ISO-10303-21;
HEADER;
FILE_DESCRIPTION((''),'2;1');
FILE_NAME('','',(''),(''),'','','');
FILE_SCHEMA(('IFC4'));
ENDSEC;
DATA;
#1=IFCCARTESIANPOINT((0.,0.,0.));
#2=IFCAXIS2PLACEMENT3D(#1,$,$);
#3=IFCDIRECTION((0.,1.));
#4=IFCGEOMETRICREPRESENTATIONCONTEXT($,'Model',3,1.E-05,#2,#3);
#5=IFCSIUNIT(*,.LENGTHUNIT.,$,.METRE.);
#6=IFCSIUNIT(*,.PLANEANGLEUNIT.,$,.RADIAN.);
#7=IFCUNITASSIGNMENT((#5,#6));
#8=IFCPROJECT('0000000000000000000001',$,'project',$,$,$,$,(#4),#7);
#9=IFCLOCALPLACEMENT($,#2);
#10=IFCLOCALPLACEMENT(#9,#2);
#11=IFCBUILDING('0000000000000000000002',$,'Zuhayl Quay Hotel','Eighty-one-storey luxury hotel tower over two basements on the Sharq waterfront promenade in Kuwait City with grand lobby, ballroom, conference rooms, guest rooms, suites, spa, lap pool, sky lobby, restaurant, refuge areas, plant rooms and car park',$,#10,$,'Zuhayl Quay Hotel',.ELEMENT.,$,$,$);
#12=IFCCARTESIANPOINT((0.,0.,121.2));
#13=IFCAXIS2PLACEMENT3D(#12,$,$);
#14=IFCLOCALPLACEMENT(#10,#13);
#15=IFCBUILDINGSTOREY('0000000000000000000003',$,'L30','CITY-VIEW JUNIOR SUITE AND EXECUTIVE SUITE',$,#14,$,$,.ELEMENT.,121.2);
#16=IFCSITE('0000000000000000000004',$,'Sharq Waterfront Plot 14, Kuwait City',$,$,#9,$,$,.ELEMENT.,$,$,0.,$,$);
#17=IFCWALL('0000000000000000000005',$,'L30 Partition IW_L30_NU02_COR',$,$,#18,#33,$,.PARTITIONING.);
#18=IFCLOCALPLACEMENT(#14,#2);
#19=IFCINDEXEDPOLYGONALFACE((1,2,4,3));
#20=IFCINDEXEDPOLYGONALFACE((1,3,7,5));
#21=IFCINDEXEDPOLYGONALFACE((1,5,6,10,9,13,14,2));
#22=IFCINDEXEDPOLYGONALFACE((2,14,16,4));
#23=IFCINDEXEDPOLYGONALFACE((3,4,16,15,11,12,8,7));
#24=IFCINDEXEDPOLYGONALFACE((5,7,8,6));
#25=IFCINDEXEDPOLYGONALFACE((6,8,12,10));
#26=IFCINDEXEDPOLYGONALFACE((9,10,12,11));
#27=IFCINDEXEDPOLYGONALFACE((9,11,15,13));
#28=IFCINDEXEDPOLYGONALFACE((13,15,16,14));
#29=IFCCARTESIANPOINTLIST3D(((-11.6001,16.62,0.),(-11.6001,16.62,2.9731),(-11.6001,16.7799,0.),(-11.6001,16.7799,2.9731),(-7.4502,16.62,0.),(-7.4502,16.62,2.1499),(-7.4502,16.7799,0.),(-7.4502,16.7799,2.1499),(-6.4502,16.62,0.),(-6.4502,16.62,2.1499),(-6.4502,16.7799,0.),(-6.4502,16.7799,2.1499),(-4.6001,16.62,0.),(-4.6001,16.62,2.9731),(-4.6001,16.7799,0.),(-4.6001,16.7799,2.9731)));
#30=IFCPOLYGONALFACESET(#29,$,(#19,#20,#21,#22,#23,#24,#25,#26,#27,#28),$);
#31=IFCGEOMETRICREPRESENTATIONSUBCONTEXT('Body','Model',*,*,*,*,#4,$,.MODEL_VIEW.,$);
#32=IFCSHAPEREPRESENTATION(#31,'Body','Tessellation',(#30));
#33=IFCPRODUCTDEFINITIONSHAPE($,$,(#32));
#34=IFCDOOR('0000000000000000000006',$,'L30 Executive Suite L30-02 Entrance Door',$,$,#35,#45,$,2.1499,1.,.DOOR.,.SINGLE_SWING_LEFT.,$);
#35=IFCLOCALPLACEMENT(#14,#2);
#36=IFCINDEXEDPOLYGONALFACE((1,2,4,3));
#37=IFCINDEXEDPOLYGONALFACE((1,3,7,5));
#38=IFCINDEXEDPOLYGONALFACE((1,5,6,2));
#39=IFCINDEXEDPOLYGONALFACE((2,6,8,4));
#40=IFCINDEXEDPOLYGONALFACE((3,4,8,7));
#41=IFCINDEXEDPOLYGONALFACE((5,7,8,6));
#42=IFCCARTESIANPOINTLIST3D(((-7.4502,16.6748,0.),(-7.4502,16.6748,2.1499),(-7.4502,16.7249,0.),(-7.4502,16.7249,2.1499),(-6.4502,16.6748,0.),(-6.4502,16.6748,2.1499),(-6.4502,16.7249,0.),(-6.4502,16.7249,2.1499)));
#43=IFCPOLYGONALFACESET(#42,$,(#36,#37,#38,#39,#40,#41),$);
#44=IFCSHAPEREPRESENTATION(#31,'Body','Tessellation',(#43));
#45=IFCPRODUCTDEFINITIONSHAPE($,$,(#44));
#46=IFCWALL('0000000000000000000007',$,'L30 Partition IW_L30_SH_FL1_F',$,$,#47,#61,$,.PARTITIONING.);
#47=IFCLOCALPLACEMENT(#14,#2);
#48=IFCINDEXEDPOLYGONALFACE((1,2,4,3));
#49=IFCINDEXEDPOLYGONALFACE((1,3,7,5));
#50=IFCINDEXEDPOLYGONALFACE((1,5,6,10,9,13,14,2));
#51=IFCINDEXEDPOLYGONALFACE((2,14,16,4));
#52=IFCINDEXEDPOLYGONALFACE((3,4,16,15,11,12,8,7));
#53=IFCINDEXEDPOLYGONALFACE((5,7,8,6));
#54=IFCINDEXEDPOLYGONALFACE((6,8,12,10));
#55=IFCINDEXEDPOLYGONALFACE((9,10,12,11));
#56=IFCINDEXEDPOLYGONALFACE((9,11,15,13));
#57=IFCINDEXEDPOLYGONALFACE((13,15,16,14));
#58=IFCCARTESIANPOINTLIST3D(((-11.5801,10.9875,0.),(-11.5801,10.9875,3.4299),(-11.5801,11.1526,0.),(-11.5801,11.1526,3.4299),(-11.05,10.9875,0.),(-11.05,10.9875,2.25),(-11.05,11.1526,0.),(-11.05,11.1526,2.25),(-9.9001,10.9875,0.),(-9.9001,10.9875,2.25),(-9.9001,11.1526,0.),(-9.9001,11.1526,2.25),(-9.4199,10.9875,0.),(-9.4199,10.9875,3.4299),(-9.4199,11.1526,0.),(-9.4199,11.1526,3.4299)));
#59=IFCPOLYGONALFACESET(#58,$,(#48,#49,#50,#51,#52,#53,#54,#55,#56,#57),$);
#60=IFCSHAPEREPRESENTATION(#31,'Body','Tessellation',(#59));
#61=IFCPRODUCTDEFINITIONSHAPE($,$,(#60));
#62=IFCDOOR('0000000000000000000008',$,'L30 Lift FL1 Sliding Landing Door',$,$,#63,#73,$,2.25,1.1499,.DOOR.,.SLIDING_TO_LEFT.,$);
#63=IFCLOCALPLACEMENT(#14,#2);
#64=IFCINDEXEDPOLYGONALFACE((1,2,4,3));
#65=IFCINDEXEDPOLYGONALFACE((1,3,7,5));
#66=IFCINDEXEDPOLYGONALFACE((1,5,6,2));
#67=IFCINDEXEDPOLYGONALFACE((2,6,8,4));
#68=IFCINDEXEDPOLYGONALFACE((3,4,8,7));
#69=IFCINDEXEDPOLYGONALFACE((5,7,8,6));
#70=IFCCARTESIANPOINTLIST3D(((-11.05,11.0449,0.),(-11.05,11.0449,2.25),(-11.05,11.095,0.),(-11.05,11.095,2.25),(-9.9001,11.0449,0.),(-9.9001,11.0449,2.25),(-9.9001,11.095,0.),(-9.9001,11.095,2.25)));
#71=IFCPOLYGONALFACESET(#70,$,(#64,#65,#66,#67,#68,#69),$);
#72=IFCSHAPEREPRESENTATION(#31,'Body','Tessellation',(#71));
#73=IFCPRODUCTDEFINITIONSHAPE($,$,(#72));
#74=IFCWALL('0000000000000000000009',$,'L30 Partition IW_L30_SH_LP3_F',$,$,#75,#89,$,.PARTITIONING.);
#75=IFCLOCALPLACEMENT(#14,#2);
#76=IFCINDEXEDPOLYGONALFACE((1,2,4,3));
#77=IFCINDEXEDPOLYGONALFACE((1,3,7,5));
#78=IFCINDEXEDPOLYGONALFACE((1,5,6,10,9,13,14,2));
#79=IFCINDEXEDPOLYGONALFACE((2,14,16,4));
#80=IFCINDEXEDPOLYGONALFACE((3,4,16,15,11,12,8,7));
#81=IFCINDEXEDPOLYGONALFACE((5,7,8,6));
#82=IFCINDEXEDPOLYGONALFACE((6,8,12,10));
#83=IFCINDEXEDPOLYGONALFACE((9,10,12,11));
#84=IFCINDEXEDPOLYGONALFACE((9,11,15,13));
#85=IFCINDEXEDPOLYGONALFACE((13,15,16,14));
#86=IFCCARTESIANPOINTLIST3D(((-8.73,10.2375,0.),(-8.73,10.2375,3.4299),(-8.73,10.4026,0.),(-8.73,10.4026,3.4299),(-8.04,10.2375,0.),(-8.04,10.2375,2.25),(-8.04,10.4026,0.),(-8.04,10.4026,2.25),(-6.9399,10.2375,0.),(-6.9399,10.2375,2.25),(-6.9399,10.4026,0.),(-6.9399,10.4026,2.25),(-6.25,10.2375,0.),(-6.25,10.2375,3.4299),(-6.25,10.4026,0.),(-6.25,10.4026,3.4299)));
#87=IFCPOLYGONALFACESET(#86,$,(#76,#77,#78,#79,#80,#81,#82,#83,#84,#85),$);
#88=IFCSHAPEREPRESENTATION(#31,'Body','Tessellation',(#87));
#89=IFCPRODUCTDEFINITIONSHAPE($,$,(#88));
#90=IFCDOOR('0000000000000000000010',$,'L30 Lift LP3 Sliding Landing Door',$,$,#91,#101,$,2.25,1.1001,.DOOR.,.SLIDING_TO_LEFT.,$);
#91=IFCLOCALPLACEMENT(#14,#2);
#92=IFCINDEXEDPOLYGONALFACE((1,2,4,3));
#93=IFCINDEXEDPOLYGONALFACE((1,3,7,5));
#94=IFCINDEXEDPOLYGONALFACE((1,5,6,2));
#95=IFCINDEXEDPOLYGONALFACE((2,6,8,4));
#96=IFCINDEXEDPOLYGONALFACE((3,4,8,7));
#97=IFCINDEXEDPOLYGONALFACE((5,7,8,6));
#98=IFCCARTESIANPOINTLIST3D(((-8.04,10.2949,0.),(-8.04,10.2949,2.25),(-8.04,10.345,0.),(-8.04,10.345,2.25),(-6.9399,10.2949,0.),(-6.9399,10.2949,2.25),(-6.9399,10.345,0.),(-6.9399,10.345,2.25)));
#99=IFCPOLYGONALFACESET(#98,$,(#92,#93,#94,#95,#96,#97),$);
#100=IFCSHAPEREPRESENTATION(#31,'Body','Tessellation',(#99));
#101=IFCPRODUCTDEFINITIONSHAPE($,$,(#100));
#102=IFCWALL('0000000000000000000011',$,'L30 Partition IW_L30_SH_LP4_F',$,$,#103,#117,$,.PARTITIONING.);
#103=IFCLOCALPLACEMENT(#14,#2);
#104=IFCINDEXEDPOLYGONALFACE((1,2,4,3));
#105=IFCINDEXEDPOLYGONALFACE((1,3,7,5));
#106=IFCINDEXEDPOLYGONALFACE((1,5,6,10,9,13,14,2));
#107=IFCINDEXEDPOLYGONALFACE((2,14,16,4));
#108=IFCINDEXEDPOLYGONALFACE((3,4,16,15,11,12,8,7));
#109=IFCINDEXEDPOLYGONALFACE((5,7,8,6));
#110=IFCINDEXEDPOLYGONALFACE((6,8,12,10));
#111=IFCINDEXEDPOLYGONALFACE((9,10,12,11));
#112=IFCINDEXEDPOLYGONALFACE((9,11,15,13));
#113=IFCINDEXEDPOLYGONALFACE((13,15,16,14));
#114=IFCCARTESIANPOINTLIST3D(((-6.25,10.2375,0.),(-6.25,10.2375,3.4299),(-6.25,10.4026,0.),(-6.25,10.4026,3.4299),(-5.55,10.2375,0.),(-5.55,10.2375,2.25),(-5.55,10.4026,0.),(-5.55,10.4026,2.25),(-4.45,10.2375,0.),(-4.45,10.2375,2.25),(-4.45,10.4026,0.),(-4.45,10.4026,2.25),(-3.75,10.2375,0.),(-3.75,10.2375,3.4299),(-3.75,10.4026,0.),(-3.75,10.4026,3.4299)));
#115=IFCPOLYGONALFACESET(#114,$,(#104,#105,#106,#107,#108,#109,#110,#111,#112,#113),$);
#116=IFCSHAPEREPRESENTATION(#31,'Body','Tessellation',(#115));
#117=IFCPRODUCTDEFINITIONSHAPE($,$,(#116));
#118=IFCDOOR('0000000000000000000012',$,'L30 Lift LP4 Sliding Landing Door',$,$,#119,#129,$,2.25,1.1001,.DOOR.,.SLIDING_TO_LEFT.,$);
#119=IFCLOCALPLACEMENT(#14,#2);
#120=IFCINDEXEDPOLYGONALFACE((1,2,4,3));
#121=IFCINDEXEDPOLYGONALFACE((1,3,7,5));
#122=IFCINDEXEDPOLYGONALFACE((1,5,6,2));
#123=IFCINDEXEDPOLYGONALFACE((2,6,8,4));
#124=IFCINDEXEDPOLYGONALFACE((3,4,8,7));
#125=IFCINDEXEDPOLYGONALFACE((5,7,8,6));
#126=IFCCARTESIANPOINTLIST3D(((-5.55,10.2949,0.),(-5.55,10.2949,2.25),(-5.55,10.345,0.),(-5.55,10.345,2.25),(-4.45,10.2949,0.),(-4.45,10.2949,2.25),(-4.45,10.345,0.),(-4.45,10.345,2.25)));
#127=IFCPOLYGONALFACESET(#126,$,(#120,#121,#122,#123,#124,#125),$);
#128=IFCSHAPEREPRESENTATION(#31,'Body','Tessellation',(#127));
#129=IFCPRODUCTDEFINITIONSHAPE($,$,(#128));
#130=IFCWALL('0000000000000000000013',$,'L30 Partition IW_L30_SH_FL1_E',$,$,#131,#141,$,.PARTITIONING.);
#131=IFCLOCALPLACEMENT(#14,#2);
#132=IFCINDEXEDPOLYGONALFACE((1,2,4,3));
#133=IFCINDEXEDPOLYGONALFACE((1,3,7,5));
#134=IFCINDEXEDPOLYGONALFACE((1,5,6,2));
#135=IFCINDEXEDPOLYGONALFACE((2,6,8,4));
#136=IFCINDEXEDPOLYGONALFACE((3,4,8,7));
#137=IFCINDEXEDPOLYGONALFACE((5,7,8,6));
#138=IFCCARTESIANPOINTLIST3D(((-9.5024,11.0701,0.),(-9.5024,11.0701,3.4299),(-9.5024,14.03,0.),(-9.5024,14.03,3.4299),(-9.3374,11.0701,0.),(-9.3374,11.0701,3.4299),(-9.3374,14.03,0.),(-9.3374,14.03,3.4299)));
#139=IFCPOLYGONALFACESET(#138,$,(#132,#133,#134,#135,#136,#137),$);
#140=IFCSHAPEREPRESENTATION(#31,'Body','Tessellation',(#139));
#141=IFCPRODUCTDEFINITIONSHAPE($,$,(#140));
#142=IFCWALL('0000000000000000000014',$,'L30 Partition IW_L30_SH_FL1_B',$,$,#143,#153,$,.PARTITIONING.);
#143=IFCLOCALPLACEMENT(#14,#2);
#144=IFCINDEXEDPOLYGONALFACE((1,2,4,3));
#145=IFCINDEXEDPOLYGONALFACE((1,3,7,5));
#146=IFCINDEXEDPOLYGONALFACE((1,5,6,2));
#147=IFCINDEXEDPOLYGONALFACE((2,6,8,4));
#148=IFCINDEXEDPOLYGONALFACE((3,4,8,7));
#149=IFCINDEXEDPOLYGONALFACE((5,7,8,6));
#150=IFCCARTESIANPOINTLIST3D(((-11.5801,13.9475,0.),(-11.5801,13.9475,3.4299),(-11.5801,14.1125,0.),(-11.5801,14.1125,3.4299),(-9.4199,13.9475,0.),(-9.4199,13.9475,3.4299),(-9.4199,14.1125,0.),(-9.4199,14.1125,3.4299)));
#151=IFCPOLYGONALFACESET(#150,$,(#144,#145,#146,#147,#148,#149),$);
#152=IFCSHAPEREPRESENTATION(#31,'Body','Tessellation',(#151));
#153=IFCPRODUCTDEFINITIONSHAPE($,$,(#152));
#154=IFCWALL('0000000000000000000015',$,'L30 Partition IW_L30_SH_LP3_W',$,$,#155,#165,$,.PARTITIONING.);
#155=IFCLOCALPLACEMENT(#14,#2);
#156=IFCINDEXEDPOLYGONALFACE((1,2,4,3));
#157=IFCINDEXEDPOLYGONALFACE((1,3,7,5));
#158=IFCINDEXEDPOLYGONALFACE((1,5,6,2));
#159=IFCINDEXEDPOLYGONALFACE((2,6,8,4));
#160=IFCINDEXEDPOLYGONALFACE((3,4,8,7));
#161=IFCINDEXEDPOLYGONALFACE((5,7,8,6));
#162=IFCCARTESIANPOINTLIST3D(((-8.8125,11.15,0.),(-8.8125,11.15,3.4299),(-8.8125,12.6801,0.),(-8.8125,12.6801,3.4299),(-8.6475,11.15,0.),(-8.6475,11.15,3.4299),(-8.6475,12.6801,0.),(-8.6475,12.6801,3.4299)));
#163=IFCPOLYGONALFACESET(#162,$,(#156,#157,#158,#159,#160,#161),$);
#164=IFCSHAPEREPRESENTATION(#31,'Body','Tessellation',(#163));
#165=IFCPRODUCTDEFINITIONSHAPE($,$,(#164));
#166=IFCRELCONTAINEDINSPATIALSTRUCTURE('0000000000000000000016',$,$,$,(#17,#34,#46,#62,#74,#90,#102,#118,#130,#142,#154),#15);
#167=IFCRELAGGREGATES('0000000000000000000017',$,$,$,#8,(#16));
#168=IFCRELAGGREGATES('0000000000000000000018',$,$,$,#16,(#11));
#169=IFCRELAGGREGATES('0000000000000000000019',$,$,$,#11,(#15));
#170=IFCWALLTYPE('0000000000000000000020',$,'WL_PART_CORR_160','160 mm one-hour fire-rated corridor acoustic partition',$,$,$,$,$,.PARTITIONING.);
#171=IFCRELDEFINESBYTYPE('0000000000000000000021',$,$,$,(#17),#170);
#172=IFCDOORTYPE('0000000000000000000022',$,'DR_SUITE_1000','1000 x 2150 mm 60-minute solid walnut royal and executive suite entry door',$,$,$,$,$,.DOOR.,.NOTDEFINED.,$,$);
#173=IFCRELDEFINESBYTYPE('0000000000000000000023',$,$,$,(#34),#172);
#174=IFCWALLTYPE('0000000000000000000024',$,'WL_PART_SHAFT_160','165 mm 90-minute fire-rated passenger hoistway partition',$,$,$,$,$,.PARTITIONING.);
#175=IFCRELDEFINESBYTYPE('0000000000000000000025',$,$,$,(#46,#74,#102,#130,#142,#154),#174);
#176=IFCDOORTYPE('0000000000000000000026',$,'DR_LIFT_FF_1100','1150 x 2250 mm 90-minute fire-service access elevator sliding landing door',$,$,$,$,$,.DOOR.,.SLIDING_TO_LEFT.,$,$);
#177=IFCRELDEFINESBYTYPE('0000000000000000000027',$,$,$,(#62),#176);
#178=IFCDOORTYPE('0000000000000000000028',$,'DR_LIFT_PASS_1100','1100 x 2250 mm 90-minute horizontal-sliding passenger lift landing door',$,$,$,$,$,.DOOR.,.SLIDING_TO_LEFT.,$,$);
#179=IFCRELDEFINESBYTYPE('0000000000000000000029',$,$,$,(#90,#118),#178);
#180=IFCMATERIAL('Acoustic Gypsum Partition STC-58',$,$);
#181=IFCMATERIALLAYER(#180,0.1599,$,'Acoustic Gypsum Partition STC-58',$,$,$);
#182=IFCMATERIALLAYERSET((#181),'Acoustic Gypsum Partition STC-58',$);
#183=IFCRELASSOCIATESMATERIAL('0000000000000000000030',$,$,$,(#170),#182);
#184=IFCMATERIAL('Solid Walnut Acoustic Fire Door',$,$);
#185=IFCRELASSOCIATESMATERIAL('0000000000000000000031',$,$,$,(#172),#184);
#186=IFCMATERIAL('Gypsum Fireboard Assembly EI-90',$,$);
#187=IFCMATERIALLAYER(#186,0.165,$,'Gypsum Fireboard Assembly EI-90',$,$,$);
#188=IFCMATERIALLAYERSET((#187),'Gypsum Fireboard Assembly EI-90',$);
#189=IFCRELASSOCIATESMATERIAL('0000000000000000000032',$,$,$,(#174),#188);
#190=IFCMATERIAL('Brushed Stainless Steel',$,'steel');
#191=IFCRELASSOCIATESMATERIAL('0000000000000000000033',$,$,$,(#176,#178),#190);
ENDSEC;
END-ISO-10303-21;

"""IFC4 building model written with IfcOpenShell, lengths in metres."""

from ifc_helpers import new_model, si_unit, direction, frame, frame_2d, origin, place, context, subcontext, project, spatial, rectangle, extrude, material, layer, layer_set, type_object, element, fill, save


model = new_model("IFC4")

# Units and contexts
model_context = context("Model", 3, precision=1e-05, world=origin(), true_north=direction((0.0, 1.0)))
body_context = subcontext(model_context, "Body", "Model", "MODEL_VIEW")
ifc_project = project(units=[si_unit("LENGTHUNIT", "METRE"), si_unit("PLANEANGLEUNIT", "RADIAN")], contexts=[model_context])

# Site, building, storey
site_placement = place(None, origin())
site = spatial("IfcSite", under=ifc_project, at=site_placement, Name="Sharq Waterfront Plot 14, Kuwait City", CompositionType="ELEMENT", RefElevation=0.0)
building_placement = place(site_placement, origin())
building = spatial("IfcBuilding", under=site, at=building_placement, Name="Zuhayl Quay Hotel", Description="Eighty-one-storey luxury hotel tower over two basements on the Sharq waterfront promenade in Kuwait City with grand lobby, ballroom, conference rooms, guest rooms, suites, spa, lap pool, sky lobby, restaurant, refuge areas, plant rooms and car park", LongName="Zuhayl Quay Hotel", CompositionType="ELEMENT")
storey_placement = place(building_placement, frame((0.0, 0.0, 121.2)))
storey = spatial("IfcBuildingStorey", under=building, at=storey_placement, Name="L30", Description="CITY-VIEW JUNIOR SUITE AND EXECUTIVE SUITE", CompositionType="ELEMENT", Elevation=121.2)

# Shared definitions
ifc_material_1 = material(Name="Acoustic Gypsum Partition STC-58")

# Walls, openings, doors
ifc_layer_1 = layer(ifc_material_1, 0.1599, Name="Acoustic Gypsum Partition STC-58")
ifc_layer_set_1 = layer_set([ifc_layer_1], Name="Acoustic Gypsum Partition STC-58")
wall_type_1 = type_object("IfcWallType", Name="WL_PART_CORR_160", Description="160 mm one-hour fire-rated corridor acoustic partition", PredefinedType="PARTITIONING", material=ifc_layer_set_1)
wall_1_placement = place(storey_placement, frame((-11.6001, 16.7, 0.0), z_axis=(0.0, 0.0, 1.0), x_axis=(1.0, 0.0, 0.0)))
wall_1 = element("IfcWall", 1, at=wall_1_placement, inside=storey, type_object=wall_type_1, Name="L30 Partition IW_L30_NU02_COR", PredefinedType="PARTITIONING", context=body_context, shape_type="SweptSolid", body=[
    extrude(rectangle(XDim=7.0, YDim=0.1599, at=frame_2d((3.5, 0.0))), origin(), (0.0, 0.0, 1.0), 2.9731),
])
opening_1_placement = place(wall_1_placement, frame((4.1499, 0.0, 0.0)))
opening_1 = element("IfcOpeningElement", 2, at=opening_1_placement, cuts=wall_1, PredefinedType="OPENING", context=body_context, shape_type="SweptSolid", body=[
    extrude(rectangle(XDim=1.0, YDim=2.1499, at=frame_2d((0.5, 1.075))), frame((0.0, 0.0898, 0.0), z_axis=(0.0, -1.0, 0.0), x_axis=(1.0, 0.0, 0.0)), (0.0, 0.0, 1.0), 0.1799),
])
ifc_material_2 = material(Name="Solid Walnut Acoustic Fire Door")
door_type_1 = type_object("IfcDoorType", Name="DR_SUITE_1000", Description="1000 x 2150 mm 60-minute solid walnut royal and executive suite entry door", OperationType="NOTDEFINED", PredefinedType="DOOR", material=ifc_material_2)
door_1_placement = place(opening_1_placement, origin())
door_1 = element("IfcDoor", 3, at=door_1_placement, inside=storey, type_object=door_type_1, Name="L30 Executive Suite L30-02 Entrance Door", OperationType="SINGLE_SWING_LEFT", OverallHeight=2.1499, OverallWidth=1.0, PredefinedType="DOOR", context=body_context, shape_type="SweptSolid", body=[
    extrude(rectangle(XDim=1.0, YDim=2.1499, at=frame_2d((0.5, 1.075))), frame((0.0, 0.0249, 0.0), z_axis=(0.0, -1.0, 0.0), x_axis=(1.0, 0.0, 0.0)), (0.0, 0.0, 1.0), 0.05),
])
fill(opening_1, door_1)
ifc_material_3 = material(Name="Gypsum Fireboard Assembly EI-90")
ifc_layer_2 = layer(ifc_material_3, 0.165, Name="Gypsum Fireboard Assembly EI-90")
ifc_layer_set_2 = layer_set([ifc_layer_2], Name="Gypsum Fireboard Assembly EI-90")
wall_type_2 = type_object("IfcWallType", Name="WL_PART_SHAFT_160", Description="165 mm 90-minute fire-rated passenger hoistway partition", PredefinedType="PARTITIONING", material=ifc_layer_set_2)
wall_2_placement = place(storey_placement, frame((-11.5801, 11.0701, 0.0), z_axis=(0.0, 0.0, 1.0), x_axis=(1.0, 0.0, 0.0)))
wall_2 = element("IfcWall", 4, at=wall_2_placement, inside=storey, type_object=wall_type_2, Name="L30 Partition IW_L30_SH_FL1_F", PredefinedType="PARTITIONING", context=body_context, shape_type="SweptSolid", body=[
    extrude(rectangle(XDim=2.1602, YDim=0.165, at=frame_2d((1.0801, 0.0))), origin(), (0.0, 0.0, 1.0), 3.4299),
])
opening_2_placement = place(wall_2_placement, frame((0.53, 0.0, 0.0)))
opening_2 = element("IfcOpeningElement", 5, at=opening_2_placement, cuts=wall_2, PredefinedType="OPENING", context=body_context, shape_type="SweptSolid", body=[
    extrude(rectangle(XDim=1.1499, YDim=2.25, at=frame_2d((0.575, 1.125))), frame((0.0, 0.0925, 0.0), z_axis=(0.0, -1.0, 0.0), x_axis=(1.0, 0.0, 0.0)), (0.0, 0.0, 1.0), 0.1851),
])
ifc_material_4 = material(Name="Brushed Stainless Steel", Category="steel")
door_type_2 = type_object("IfcDoorType", Name="DR_LIFT_FF_1100", Description="1150 x 2250 mm 90-minute fire-service access elevator sliding landing door", OperationType="SLIDING_TO_LEFT", PredefinedType="DOOR", material=ifc_material_4)
door_2_placement = place(opening_2_placement, origin())
door_2 = element("IfcDoor", 6, at=door_2_placement, inside=storey, type_object=door_type_2, Name="L30 Lift FL1 Sliding Landing Door", OperationType="SLIDING_TO_LEFT", OverallHeight=2.25, OverallWidth=1.1499, PredefinedType="DOOR", context=body_context, shape_type="SweptSolid", body=[
    extrude(rectangle(XDim=1.1499, YDim=2.25, at=frame_2d((0.575, 1.125))), frame((0.0, 0.0249, 0.0), z_axis=(0.0, -1.0, 0.0), x_axis=(1.0, 0.0, 0.0)), (0.0, 0.0, 1.0), 0.05),
])
fill(opening_2, door_2)
wall_3_placement = place(storey_placement, frame((-8.73, 10.3201, 0.0), z_axis=(0.0, 0.0, 1.0), x_axis=(1.0, 0.0, 0.0)))
wall_3 = element("IfcWall", 7, at=wall_3_placement, inside=storey, type_object=wall_type_2, Name="L30 Partition IW_L30_SH_LP3_F", PredefinedType="PARTITIONING", context=body_context, shape_type="SweptSolid", body=[
    extrude(rectangle(XDim=2.48, YDim=0.165, at=frame_2d((1.24, 0.0))), origin(), (0.0, 0.0, 1.0), 3.4299),
])
opening_3_placement = place(wall_3_placement, frame((0.6899, 0.0, 0.0)))
opening_3 = element("IfcOpeningElement", 8, at=opening_3_placement, cuts=wall_3, PredefinedType="OPENING", context=body_context, shape_type="SweptSolid", body=[
    extrude(rectangle(XDim=1.1001, YDim=2.25, at=frame_2d((0.55, 1.125))), frame((0.0, 0.0925, 0.0), z_axis=(0.0, -1.0, 0.0), x_axis=(1.0, 0.0, 0.0)), (0.0, 0.0, 1.0), 0.1851),
])
door_type_3 = type_object("IfcDoorType", Name="DR_LIFT_PASS_1100", Description="1100 x 2250 mm 90-minute horizontal-sliding passenger lift landing door", OperationType="SLIDING_TO_LEFT", PredefinedType="DOOR", material=ifc_material_4)
door_3_placement = place(opening_3_placement, origin())
door_3 = element("IfcDoor", 9, at=door_3_placement, inside=storey, type_object=door_type_3, Name="L30 Lift LP3 Sliding Landing Door", OperationType="SLIDING_TO_LEFT", OverallHeight=2.25, OverallWidth=1.1001, PredefinedType="DOOR", context=body_context, shape_type="SweptSolid", body=[
    extrude(rectangle(XDim=1.1001, YDim=2.25, at=frame_2d((0.55, 1.125))), frame((0.0, 0.0249, 0.0), z_axis=(0.0, -1.0, 0.0), x_axis=(1.0, 0.0, 0.0)), (0.0, 0.0, 1.0), 0.05),
])
fill(opening_3, door_3)
wall_4_placement = place(storey_placement, frame((-6.25, 10.3201, 0.0), z_axis=(0.0, 0.0, 1.0), x_axis=(1.0, 0.0, 0.0)))
wall_4 = element("IfcWall", 10, at=wall_4_placement, inside=storey, type_object=wall_type_2, Name="L30 Partition IW_L30_SH_LP4_F", PredefinedType="PARTITIONING", context=body_context, shape_type="SweptSolid", body=[
    extrude(rectangle(XDim=2.5, YDim=0.165, at=frame_2d((1.25, 0.0))), origin(), (0.0, 0.0, 1.0), 3.4299),
])
opening_4_placement = place(wall_4_placement, frame((0.7, 0.0, 0.0)))
opening_4 = element("IfcOpeningElement", 11, at=opening_4_placement, cuts=wall_4, PredefinedType="OPENING", context=body_context, shape_type="SweptSolid", body=[
    extrude(rectangle(XDim=1.1001, YDim=2.25, at=frame_2d((0.55, 1.125))), frame((0.0, 0.0925, 0.0), z_axis=(0.0, -1.0, 0.0), x_axis=(1.0, 0.0, 0.0)), (0.0, 0.0, 1.0), 0.1851),
])
door_4_placement = place(opening_4_placement, origin())
door_4 = element("IfcDoor", 12, at=door_4_placement, inside=storey, type_object=door_type_3, Name="L30 Lift LP4 Sliding Landing Door", OperationType="SLIDING_TO_LEFT", OverallHeight=2.25, OverallWidth=1.1001, PredefinedType="DOOR", context=body_context, shape_type="SweptSolid", body=[
    extrude(rectangle(XDim=1.1001, YDim=2.25, at=frame_2d((0.55, 1.125))), frame((0.0, 0.0249, 0.0), z_axis=(0.0, -1.0, 0.0), x_axis=(1.0, 0.0, 0.0)), (0.0, 0.0, 1.0), 0.05),
])
fill(opening_4, door_4)

# Walls
wall_5_placement = place(storey_placement, frame((-9.4199, 11.0701, 0.0), z_axis=(0.0, 0.0, 1.0), x_axis=(0.0, 1.0, 0.0)))
element("IfcWall", 13, at=wall_5_placement, inside=storey, type_object=wall_type_2, Name="L30 Partition IW_L30_SH_FL1_E", PredefinedType="PARTITIONING", context=body_context, shape_type="SweptSolid", body=[
    extrude(rectangle(XDim=2.96, YDim=0.165, at=frame_2d((1.48, 0.0))), origin(), (0.0, 0.0, 1.0), 3.4299),
])
wall_6_placement = place(storey_placement, frame((-11.5801, 14.03, 0.0), z_axis=(0.0, 0.0, 1.0), x_axis=(1.0, 0.0, 0.0)))
element("IfcWall", 14, at=wall_6_placement, inside=storey, type_object=wall_type_2, Name="L30 Partition IW_L30_SH_FL1_B", PredefinedType="PARTITIONING", context=body_context, shape_type="SweptSolid", body=[
    extrude(rectangle(XDim=2.1602, YDim=0.165, at=frame_2d((1.0801, 0.0))), origin(), (0.0, 0.0, 1.0), 3.4299),
])
wall_7_placement = place(storey_placement, frame((-8.73, 11.1499, 0.0), z_axis=(0.0, 0.0, 1.0), x_axis=(0.0, 1.0, 0.0)))
element("IfcWall", 15, at=wall_7_placement, inside=storey, type_object=wall_type_2, Name="L30 Partition IW_L30_SH_LP3_W", PredefinedType="PARTITIONING", context=body_context, shape_type="SweptSolid", body=[
    extrude(rectangle(XDim=1.53, YDim=0.165, at=frame_2d((0.7651, 0.0))), origin(), (0.0, 0.0, 1.0), 3.4299),
])

save(model, "model.ifc")
